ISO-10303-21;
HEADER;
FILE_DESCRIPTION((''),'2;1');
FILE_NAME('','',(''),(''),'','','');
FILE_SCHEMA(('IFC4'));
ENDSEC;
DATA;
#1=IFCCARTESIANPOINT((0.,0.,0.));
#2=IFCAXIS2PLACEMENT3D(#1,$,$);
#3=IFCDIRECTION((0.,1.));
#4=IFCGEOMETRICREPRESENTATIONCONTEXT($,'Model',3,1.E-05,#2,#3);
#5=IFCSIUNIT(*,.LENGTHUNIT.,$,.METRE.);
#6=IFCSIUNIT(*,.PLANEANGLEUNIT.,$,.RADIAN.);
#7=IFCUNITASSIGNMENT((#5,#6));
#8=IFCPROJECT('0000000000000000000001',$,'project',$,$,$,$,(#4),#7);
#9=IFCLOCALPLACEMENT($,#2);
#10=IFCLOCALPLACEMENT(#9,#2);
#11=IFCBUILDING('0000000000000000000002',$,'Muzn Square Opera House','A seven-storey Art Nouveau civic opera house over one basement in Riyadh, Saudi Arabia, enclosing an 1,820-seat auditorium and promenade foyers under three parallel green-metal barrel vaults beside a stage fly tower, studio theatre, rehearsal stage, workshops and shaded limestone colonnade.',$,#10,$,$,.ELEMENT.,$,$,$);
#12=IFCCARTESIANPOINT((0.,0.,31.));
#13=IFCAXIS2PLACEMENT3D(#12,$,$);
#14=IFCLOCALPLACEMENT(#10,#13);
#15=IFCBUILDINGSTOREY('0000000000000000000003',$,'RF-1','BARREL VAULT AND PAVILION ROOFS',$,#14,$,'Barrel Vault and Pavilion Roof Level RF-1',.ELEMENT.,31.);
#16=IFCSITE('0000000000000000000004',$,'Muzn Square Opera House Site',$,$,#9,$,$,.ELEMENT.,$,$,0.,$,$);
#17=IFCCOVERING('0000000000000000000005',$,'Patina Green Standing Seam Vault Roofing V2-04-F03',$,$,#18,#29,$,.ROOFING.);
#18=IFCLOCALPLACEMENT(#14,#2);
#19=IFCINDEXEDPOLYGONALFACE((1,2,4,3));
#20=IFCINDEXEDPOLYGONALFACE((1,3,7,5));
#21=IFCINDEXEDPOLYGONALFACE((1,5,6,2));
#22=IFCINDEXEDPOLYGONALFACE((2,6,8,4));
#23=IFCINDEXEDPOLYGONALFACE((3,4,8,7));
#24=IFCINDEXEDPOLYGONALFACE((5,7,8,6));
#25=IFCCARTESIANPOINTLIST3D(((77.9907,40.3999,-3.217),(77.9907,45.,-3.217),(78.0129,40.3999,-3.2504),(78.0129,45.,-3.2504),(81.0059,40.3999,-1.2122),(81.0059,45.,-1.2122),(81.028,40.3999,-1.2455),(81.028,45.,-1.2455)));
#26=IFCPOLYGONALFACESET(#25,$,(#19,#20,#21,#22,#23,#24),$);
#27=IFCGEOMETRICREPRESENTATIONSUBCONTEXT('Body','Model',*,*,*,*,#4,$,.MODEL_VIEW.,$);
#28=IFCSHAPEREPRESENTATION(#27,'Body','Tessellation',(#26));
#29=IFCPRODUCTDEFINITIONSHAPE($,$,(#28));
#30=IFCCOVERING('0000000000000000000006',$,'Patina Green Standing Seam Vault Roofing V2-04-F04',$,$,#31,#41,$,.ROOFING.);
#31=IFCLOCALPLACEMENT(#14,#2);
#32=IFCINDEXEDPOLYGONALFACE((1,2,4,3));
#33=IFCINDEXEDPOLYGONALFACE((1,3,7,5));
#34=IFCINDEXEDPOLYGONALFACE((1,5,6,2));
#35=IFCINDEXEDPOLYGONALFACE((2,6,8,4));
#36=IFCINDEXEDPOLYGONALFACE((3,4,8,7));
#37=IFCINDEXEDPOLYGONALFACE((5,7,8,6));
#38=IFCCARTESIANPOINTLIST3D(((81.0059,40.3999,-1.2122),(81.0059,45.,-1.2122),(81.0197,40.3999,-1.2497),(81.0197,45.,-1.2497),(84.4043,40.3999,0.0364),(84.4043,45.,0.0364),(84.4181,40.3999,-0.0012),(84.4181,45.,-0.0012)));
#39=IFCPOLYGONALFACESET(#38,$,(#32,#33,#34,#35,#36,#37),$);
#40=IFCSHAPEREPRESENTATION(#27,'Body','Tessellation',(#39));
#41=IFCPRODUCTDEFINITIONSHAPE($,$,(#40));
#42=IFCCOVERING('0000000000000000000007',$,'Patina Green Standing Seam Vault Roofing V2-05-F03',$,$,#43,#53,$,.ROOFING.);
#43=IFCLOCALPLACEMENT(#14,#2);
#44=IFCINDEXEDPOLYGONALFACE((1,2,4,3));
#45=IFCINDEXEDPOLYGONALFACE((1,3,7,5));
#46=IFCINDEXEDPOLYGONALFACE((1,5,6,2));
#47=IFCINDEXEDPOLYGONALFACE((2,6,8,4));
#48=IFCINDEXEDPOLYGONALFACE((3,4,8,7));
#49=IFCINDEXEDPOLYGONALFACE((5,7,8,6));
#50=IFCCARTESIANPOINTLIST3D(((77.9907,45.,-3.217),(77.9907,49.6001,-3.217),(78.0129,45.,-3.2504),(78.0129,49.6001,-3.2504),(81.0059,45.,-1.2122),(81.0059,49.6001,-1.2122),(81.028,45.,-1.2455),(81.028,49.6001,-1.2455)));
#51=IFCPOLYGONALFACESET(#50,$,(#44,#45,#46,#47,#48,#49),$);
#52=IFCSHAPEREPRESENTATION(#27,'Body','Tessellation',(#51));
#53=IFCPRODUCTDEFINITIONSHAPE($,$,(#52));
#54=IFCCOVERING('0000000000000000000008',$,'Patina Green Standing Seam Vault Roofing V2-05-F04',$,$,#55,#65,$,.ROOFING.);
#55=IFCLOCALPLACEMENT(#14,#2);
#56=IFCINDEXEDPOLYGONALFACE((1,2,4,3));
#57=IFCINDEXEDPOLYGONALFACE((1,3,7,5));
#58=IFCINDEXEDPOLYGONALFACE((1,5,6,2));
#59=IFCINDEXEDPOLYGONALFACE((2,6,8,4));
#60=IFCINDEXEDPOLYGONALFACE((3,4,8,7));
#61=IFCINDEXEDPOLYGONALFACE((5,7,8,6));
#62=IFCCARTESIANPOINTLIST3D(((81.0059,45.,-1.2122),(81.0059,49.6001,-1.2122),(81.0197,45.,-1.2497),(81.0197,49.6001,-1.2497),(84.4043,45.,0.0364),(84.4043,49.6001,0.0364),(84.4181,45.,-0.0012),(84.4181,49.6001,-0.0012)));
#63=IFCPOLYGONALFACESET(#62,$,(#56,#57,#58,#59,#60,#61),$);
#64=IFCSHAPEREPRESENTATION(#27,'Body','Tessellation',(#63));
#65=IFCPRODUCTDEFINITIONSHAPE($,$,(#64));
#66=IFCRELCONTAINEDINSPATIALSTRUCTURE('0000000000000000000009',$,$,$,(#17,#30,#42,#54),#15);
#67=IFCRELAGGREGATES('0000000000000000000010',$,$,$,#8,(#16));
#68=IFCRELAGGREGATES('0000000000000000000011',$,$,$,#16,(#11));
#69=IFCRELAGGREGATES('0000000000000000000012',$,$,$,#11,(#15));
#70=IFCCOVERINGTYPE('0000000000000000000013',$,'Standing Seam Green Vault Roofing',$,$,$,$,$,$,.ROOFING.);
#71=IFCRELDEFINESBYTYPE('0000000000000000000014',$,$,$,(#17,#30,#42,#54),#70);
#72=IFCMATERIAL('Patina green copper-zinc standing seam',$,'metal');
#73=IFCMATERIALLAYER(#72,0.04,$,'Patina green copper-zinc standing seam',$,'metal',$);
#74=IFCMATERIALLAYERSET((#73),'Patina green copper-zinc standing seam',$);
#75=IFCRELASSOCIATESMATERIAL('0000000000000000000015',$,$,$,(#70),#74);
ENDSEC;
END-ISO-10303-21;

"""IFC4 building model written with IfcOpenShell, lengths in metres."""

from ifc_helpers import new_model, si_unit, direction, frame, origin, place, context, subcontext, project, spatial, polyline, outline, extrude, material, layer, layer_set, type_object, element, save


model = new_model("IFC4")

# Units and contexts
model_context = context("Model", 3, precision=1e-05, world=origin(), true_north=direction((0.0, 1.0)))
body_context = subcontext(model_context, "Body", "Model", "MODEL_VIEW")
ifc_project = project(units=[si_unit("LENGTHUNIT", "METRE"), si_unit("PLANEANGLEUNIT", "RADIAN")], contexts=[model_context])

# Site, building, storey
site_placement = place(None, origin())
site = spatial("IfcSite", under=ifc_project, at=site_placement, Name="Muzn Square Opera House Site", CompositionType="ELEMENT", RefElevation=0.0)
building_placement = place(site_placement, origin())
building = spatial("IfcBuilding", under=site, at=building_placement, Name="Muzn Square Opera House", Description="A seven-storey Art Nouveau civic opera house over one basement in Riyadh, Saudi Arabia, enclosing an 1,820-seat auditorium and promenade foyers under three parallel green-metal barrel vaults beside a stage fly tower, studio theatre, rehearsal stage, workshops and shaded limestone colonnade.", CompositionType="ELEMENT")
storey_placement = place(building_placement, frame((0.0, 0.0, 31.0)))
storey = spatial("IfcBuildingStorey", under=building, at=storey_placement, Name="RF-1", Description="BARREL VAULT AND PAVILION ROOFS", LongName="Barrel Vault and Pavilion Roof Level RF-1", CompositionType="ELEMENT", Elevation=31.0)

# Shared definitions
ifc_material_1 = material(Name="Patina green copper-zinc standing seam", Category="metal")

# Coverings
ifc_layer_1 = layer(ifc_material_1, 0.04, Name="Patina green copper-zinc standing seam", Category="metal")
ifc_layer_set_1 = layer_set([ifc_layer_1], Name="Patina green copper-zinc standing seam")
covering_type = type_object("IfcCoveringType", Name="Standing Seam Green Vault Roofing", PredefinedType="ROOFING", material=ifc_layer_set_1)
covering_1_placement = place(storey_placement, frame((81.0059, 40.3999, -1.2122), z_axis=(-0.553704, 0.0, 0.832714), x_axis=(0.0, 1.0, 0.0)))
element("IfcCovering", 1, at=covering_1_placement, inside=storey, type_object=covering_type, Name="Patina Green Standing Seam Vault Roofing V2-04-F03", PredefinedType="ROOFING", context=body_context, shape_type="SweptSolid", body=[
    extrude(outline(polyline([(0.0, 3.6209), (0.0, 0.0), (4.6001, 0.0), (4.6001, 3.6209), (0.0, 3.6209)])), origin(), (0.0, 0.0, -1.0), 0.04),
])
covering_2_placement = place(storey_placement, frame((84.4043, 40.3999, 0.0364), z_axis=(-0.344849, 0.0, 0.938658), x_axis=(0.0, 1.0, 0.0)))
element("IfcCovering", 2, at=covering_2_placement, inside=storey, type_object=covering_type, Name="Patina Green Standing Seam Vault Roofing V2-04-F04", PredefinedType="ROOFING", context=body_context, shape_type="SweptSolid", body=[
    extrude(outline(polyline([(0.0, 3.6205), (0.0, 0.0), (4.6001, 0.0), (4.6001, 3.6205), (0.0, 3.6205)])), origin(), (0.0, 0.0, -1.0), 0.04),
])
covering_3_placement = place(storey_placement, frame((81.0059, 45.0, -1.2122), z_axis=(-0.553704, 0.0, 0.832714), x_axis=(0.0, 1.0, 0.0)))
element("IfcCovering", 3, at=covering_3_placement, inside=storey, type_object=covering_type, Name="Patina Green Standing Seam Vault Roofing V2-05-F03", PredefinedType="ROOFING", context=body_context, shape_type="SweptSolid", body=[
    extrude(outline(polyline([(0.0, 3.6209), (0.0, 0.0), (4.6001, 0.0), (4.6001, 3.6209), (0.0, 3.6209)])), origin(), (0.0, 0.0, -1.0), 0.04),
])
covering_4_placement = place(storey_placement, frame((84.4043, 45.0, 0.0364), z_axis=(-0.344849, 0.0, 0.938658), x_axis=(0.0, 1.0, 0.0)))
element("IfcCovering", 4, at=covering_4_placement, inside=storey, type_object=covering_type, Name="Patina Green Standing Seam Vault Roofing V2-05-F04", PredefinedType="ROOFING", context=body_context, shape_type="SweptSolid", body=[
    extrude(outline(polyline([(0.0, 3.6205), (0.0, 0.0), (4.6001, 0.0), (4.6001, 3.6205), (0.0, 3.6205)])), origin(), (0.0, 0.0, -1.0), 0.04),
])

save(model, "model.ifc")
